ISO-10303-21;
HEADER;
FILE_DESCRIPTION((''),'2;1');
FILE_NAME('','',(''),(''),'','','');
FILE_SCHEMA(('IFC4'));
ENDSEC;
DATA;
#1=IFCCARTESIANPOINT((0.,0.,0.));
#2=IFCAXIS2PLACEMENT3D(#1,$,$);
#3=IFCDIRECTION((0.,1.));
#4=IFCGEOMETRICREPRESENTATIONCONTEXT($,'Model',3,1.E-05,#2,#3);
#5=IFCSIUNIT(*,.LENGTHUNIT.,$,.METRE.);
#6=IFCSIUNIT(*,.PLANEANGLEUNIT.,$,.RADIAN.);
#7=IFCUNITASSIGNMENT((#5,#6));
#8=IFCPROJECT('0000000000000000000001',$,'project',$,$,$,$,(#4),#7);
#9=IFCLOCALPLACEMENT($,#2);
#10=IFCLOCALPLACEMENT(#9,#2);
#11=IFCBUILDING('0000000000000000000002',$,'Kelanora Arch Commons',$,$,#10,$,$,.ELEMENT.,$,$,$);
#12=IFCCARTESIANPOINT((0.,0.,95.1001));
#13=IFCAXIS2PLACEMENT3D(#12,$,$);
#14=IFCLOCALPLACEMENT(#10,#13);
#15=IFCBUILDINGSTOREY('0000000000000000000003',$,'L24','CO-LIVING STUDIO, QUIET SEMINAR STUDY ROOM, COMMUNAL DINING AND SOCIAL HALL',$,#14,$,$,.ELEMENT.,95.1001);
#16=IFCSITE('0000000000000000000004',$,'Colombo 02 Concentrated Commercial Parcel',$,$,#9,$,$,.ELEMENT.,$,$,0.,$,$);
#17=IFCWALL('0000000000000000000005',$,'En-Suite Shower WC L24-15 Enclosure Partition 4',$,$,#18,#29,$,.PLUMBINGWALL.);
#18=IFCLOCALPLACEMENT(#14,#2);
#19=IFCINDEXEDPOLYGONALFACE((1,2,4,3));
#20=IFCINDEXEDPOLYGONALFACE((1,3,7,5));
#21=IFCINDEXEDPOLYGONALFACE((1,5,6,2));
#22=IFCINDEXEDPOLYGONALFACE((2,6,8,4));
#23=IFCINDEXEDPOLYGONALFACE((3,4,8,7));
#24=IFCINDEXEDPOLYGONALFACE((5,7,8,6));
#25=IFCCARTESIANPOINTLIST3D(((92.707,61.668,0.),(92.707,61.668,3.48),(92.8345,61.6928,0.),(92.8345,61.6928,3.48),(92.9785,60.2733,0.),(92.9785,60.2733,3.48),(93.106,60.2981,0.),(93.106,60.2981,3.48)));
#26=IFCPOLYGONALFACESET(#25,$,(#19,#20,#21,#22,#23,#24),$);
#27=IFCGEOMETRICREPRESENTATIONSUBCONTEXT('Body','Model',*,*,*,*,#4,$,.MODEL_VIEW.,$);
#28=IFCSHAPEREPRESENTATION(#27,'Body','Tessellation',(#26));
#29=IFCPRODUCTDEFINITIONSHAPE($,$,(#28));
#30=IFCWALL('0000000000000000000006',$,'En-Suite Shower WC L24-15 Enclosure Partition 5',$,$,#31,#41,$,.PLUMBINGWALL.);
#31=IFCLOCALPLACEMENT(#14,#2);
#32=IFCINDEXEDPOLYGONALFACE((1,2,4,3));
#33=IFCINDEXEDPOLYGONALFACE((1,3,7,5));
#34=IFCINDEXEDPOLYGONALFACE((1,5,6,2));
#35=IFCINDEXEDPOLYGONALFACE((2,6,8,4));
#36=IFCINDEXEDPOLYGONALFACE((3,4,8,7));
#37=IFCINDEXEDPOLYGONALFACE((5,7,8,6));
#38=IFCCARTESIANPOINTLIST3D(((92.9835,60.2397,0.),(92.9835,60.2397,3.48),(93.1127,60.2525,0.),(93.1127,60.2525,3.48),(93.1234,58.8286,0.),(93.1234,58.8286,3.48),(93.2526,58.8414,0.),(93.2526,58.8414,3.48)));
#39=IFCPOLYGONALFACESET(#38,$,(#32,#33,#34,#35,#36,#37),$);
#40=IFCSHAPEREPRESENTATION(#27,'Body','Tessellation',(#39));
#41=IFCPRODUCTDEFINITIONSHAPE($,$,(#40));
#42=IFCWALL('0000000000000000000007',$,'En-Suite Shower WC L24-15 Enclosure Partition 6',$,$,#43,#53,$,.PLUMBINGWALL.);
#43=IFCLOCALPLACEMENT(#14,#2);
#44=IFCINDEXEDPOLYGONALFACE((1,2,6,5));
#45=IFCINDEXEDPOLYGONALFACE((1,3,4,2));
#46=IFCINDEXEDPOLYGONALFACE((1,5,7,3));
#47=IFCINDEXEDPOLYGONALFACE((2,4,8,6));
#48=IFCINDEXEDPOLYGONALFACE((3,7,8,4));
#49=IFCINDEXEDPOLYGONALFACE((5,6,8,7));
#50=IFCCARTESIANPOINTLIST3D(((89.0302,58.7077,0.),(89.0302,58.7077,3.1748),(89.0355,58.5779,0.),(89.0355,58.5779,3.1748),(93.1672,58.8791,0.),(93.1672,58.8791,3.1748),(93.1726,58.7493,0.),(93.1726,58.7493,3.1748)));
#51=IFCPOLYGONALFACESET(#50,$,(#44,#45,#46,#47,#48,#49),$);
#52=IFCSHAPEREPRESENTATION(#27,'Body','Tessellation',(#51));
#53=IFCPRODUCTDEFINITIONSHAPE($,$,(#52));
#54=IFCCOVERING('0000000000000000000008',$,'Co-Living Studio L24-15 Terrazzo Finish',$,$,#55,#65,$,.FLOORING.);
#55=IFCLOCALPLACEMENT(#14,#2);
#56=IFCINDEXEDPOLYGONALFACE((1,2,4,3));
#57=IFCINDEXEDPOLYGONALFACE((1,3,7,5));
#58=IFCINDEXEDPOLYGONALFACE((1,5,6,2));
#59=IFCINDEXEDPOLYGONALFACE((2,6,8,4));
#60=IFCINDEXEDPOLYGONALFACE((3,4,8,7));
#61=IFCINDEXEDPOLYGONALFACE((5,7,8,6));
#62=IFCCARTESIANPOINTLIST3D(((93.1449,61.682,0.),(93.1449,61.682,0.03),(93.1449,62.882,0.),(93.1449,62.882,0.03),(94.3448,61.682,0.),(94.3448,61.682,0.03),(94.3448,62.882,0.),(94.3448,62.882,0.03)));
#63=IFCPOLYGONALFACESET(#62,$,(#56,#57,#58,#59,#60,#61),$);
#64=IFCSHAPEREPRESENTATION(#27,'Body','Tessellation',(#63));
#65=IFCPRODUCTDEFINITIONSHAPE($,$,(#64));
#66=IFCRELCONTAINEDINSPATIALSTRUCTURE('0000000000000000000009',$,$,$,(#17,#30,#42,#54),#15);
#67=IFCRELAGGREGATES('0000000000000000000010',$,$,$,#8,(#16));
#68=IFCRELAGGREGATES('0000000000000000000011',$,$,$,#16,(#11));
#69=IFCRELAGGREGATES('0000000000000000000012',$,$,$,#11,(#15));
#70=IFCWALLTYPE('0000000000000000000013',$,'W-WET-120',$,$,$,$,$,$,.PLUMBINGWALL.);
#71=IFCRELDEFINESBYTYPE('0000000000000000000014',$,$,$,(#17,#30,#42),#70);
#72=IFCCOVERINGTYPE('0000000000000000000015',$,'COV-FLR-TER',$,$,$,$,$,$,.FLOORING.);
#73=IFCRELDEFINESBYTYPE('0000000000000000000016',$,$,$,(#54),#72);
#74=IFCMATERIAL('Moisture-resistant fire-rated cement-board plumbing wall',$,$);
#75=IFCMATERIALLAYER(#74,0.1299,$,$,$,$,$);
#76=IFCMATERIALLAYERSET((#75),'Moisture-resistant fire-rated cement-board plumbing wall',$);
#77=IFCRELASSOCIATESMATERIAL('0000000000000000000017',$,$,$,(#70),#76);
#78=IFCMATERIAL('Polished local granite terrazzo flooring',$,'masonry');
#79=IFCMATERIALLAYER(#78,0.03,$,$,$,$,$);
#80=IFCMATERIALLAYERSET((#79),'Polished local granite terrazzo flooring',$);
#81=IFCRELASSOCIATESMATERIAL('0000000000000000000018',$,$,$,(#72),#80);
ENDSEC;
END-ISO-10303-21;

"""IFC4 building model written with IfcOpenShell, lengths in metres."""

from ifc_helpers import new_model, si_unit, direction, frame, frame_2d, origin, origin_2d, place, context, subcontext, project, spatial, rectangle, extrude, source, transform, mapped, material, layer, layer_set, type_object, element, save


model = new_model("IFC4")

# Units and contexts
model_context = context("Model", 3, precision=1e-05, world=origin(), true_north=direction((0.0, 1.0)))
body_context = subcontext(model_context, "Body", "Model", "MODEL_VIEW")
ifc_project = project(units=[si_unit("LENGTHUNIT", "METRE"), si_unit("PLANEANGLEUNIT", "RADIAN")], contexts=[model_context])

# Site, building, storey
site_placement = place(None, origin())
site = spatial("IfcSite", under=ifc_project, at=site_placement, Name="Colombo 02 Concentrated Commercial Parcel", CompositionType="ELEMENT", RefElevation=0.0)
building_placement = place(site_placement, origin())
building = spatial("IfcBuilding", under=site, at=building_placement, Name="Kelanora Arch Commons", CompositionType="ELEMENT")
storey_placement = place(building_placement, frame((0.0, 0.0, 95.1001)))
storey = spatial("IfcBuildingStorey", under=building, at=storey_placement, Name="L24", Description="CO-LIVING STUDIO, QUIET SEMINAR STUDY ROOM, COMMUNAL DINING AND SOCIAL HALL", CompositionType="ELEMENT", Elevation=95.1001)

# Shared definitions
ifc_material_1 = material(Name="Moisture-resistant fire-rated cement-board plumbing wall")
ifc_layer_1 = layer(ifc_material_1, 0.1299)
ifc_layer_set_1 = layer_set([ifc_layer_1], Name="Moisture-resistant fire-rated cement-board plumbing wall")
wall_type_1 = type_object("IfcWallType", Name="W-WET-120", PredefinedType="PLUMBINGWALL", material=ifc_layer_set_1)

# Walls
wall_1_placement = place(storey_placement, frame((92.7708, 61.6804, 0.0), z_axis=(0.0, 0.0, 1.0), x_axis=(0.191058, -0.981579, 0.0)))
element("IfcWall", 1, at=wall_1_placement, inside=storey, type_object=wall_type_1, Name="En-Suite Shower WC L24-15 Enclosure Partition 4", PredefinedType="PLUMBINGWALL", context=body_context, shape_type="SweptSolid", body=[
    extrude(rectangle(XDim=1.4209, YDim=0.1299, at=frame_2d((0.7104, 0.0))), origin(), (0.0, 0.0, 1.0), 3.48),
])
wall_2_placement = place(storey_placement, frame((93.0481, 60.2461, 0.0), z_axis=(0.0, 0.0, 1.0), x_axis=(0.098651, -0.995122, 0.0)))
element("IfcWall", 2, at=wall_2_placement, inside=storey, type_object=wall_type_1, Name="En-Suite Shower WC L24-15 Enclosure Partition 5", PredefinedType="PLUMBINGWALL", context=body_context, shape_type="SweptSolid", body=[
    extrude(rectangle(XDim=1.418, YDim=0.1299, at=frame_2d((0.709, 0.0))), origin(), (0.0, 0.0, 1.0), 3.48),
])
wall_3_placement = place(storey_placement, frame((93.1699, 58.8142, 0.0), z_axis=(0.0, 0.0, 1.0), x_axis=(-0.999143, -0.041393, 0.0)))
element("IfcWall", 3, at=wall_3_placement, inside=storey, type_object=wall_type_1, Name="En-Suite Shower WC L24-15 Enclosure Partition 6", PredefinedType="PLUMBINGWALL", context=body_context, shape_type="SweptSolid", body=[
    extrude(rectangle(XDim=4.1406, YDim=0.1299, at=frame_2d((2.0703, 0.0))), origin(), (0.0, 0.0, 1.0), 3.1748),
])

# Covering
ifc_material_2 = material(Name="Polished local granite terrazzo flooring", Category="masonry")
ifc_layer_2 = layer(ifc_material_2, 0.03)
ifc_layer_set_2 = layer_set([ifc_layer_2], Name="Polished local granite terrazzo flooring")
covering_type = type_object("IfcCoveringType", Name="COV-FLR-TER", PredefinedType="FLOORING", material=ifc_layer_set_2)
shared_shape_1 = source(origin(), body_context, "Body", "SweptSolid", [
    extrude(rectangle(XDim=1.2, YDim=1.2, at=origin_2d()), origin(), (0.0, 0.0, 1.0), 0.03),
])
covering_placement = place(storey_placement, frame((93.7449, 62.282, 0.0), z_axis=(0.0, 0.0, 1.0), x_axis=(1.0, 0.0, 0.0)))
element("IfcCovering", 4, at=covering_placement, inside=storey, type_object=covering_type, Name="Co-Living Studio L24-15 Terrazzo Finish", PredefinedType="FLOORING", context=body_context, shape_type="MappedRepresentation", body=[
    mapped(shared_shape_1, transform((0.0, 0.0, 0.0), scale=1.0)),
])

save(model, "model.ifc")
